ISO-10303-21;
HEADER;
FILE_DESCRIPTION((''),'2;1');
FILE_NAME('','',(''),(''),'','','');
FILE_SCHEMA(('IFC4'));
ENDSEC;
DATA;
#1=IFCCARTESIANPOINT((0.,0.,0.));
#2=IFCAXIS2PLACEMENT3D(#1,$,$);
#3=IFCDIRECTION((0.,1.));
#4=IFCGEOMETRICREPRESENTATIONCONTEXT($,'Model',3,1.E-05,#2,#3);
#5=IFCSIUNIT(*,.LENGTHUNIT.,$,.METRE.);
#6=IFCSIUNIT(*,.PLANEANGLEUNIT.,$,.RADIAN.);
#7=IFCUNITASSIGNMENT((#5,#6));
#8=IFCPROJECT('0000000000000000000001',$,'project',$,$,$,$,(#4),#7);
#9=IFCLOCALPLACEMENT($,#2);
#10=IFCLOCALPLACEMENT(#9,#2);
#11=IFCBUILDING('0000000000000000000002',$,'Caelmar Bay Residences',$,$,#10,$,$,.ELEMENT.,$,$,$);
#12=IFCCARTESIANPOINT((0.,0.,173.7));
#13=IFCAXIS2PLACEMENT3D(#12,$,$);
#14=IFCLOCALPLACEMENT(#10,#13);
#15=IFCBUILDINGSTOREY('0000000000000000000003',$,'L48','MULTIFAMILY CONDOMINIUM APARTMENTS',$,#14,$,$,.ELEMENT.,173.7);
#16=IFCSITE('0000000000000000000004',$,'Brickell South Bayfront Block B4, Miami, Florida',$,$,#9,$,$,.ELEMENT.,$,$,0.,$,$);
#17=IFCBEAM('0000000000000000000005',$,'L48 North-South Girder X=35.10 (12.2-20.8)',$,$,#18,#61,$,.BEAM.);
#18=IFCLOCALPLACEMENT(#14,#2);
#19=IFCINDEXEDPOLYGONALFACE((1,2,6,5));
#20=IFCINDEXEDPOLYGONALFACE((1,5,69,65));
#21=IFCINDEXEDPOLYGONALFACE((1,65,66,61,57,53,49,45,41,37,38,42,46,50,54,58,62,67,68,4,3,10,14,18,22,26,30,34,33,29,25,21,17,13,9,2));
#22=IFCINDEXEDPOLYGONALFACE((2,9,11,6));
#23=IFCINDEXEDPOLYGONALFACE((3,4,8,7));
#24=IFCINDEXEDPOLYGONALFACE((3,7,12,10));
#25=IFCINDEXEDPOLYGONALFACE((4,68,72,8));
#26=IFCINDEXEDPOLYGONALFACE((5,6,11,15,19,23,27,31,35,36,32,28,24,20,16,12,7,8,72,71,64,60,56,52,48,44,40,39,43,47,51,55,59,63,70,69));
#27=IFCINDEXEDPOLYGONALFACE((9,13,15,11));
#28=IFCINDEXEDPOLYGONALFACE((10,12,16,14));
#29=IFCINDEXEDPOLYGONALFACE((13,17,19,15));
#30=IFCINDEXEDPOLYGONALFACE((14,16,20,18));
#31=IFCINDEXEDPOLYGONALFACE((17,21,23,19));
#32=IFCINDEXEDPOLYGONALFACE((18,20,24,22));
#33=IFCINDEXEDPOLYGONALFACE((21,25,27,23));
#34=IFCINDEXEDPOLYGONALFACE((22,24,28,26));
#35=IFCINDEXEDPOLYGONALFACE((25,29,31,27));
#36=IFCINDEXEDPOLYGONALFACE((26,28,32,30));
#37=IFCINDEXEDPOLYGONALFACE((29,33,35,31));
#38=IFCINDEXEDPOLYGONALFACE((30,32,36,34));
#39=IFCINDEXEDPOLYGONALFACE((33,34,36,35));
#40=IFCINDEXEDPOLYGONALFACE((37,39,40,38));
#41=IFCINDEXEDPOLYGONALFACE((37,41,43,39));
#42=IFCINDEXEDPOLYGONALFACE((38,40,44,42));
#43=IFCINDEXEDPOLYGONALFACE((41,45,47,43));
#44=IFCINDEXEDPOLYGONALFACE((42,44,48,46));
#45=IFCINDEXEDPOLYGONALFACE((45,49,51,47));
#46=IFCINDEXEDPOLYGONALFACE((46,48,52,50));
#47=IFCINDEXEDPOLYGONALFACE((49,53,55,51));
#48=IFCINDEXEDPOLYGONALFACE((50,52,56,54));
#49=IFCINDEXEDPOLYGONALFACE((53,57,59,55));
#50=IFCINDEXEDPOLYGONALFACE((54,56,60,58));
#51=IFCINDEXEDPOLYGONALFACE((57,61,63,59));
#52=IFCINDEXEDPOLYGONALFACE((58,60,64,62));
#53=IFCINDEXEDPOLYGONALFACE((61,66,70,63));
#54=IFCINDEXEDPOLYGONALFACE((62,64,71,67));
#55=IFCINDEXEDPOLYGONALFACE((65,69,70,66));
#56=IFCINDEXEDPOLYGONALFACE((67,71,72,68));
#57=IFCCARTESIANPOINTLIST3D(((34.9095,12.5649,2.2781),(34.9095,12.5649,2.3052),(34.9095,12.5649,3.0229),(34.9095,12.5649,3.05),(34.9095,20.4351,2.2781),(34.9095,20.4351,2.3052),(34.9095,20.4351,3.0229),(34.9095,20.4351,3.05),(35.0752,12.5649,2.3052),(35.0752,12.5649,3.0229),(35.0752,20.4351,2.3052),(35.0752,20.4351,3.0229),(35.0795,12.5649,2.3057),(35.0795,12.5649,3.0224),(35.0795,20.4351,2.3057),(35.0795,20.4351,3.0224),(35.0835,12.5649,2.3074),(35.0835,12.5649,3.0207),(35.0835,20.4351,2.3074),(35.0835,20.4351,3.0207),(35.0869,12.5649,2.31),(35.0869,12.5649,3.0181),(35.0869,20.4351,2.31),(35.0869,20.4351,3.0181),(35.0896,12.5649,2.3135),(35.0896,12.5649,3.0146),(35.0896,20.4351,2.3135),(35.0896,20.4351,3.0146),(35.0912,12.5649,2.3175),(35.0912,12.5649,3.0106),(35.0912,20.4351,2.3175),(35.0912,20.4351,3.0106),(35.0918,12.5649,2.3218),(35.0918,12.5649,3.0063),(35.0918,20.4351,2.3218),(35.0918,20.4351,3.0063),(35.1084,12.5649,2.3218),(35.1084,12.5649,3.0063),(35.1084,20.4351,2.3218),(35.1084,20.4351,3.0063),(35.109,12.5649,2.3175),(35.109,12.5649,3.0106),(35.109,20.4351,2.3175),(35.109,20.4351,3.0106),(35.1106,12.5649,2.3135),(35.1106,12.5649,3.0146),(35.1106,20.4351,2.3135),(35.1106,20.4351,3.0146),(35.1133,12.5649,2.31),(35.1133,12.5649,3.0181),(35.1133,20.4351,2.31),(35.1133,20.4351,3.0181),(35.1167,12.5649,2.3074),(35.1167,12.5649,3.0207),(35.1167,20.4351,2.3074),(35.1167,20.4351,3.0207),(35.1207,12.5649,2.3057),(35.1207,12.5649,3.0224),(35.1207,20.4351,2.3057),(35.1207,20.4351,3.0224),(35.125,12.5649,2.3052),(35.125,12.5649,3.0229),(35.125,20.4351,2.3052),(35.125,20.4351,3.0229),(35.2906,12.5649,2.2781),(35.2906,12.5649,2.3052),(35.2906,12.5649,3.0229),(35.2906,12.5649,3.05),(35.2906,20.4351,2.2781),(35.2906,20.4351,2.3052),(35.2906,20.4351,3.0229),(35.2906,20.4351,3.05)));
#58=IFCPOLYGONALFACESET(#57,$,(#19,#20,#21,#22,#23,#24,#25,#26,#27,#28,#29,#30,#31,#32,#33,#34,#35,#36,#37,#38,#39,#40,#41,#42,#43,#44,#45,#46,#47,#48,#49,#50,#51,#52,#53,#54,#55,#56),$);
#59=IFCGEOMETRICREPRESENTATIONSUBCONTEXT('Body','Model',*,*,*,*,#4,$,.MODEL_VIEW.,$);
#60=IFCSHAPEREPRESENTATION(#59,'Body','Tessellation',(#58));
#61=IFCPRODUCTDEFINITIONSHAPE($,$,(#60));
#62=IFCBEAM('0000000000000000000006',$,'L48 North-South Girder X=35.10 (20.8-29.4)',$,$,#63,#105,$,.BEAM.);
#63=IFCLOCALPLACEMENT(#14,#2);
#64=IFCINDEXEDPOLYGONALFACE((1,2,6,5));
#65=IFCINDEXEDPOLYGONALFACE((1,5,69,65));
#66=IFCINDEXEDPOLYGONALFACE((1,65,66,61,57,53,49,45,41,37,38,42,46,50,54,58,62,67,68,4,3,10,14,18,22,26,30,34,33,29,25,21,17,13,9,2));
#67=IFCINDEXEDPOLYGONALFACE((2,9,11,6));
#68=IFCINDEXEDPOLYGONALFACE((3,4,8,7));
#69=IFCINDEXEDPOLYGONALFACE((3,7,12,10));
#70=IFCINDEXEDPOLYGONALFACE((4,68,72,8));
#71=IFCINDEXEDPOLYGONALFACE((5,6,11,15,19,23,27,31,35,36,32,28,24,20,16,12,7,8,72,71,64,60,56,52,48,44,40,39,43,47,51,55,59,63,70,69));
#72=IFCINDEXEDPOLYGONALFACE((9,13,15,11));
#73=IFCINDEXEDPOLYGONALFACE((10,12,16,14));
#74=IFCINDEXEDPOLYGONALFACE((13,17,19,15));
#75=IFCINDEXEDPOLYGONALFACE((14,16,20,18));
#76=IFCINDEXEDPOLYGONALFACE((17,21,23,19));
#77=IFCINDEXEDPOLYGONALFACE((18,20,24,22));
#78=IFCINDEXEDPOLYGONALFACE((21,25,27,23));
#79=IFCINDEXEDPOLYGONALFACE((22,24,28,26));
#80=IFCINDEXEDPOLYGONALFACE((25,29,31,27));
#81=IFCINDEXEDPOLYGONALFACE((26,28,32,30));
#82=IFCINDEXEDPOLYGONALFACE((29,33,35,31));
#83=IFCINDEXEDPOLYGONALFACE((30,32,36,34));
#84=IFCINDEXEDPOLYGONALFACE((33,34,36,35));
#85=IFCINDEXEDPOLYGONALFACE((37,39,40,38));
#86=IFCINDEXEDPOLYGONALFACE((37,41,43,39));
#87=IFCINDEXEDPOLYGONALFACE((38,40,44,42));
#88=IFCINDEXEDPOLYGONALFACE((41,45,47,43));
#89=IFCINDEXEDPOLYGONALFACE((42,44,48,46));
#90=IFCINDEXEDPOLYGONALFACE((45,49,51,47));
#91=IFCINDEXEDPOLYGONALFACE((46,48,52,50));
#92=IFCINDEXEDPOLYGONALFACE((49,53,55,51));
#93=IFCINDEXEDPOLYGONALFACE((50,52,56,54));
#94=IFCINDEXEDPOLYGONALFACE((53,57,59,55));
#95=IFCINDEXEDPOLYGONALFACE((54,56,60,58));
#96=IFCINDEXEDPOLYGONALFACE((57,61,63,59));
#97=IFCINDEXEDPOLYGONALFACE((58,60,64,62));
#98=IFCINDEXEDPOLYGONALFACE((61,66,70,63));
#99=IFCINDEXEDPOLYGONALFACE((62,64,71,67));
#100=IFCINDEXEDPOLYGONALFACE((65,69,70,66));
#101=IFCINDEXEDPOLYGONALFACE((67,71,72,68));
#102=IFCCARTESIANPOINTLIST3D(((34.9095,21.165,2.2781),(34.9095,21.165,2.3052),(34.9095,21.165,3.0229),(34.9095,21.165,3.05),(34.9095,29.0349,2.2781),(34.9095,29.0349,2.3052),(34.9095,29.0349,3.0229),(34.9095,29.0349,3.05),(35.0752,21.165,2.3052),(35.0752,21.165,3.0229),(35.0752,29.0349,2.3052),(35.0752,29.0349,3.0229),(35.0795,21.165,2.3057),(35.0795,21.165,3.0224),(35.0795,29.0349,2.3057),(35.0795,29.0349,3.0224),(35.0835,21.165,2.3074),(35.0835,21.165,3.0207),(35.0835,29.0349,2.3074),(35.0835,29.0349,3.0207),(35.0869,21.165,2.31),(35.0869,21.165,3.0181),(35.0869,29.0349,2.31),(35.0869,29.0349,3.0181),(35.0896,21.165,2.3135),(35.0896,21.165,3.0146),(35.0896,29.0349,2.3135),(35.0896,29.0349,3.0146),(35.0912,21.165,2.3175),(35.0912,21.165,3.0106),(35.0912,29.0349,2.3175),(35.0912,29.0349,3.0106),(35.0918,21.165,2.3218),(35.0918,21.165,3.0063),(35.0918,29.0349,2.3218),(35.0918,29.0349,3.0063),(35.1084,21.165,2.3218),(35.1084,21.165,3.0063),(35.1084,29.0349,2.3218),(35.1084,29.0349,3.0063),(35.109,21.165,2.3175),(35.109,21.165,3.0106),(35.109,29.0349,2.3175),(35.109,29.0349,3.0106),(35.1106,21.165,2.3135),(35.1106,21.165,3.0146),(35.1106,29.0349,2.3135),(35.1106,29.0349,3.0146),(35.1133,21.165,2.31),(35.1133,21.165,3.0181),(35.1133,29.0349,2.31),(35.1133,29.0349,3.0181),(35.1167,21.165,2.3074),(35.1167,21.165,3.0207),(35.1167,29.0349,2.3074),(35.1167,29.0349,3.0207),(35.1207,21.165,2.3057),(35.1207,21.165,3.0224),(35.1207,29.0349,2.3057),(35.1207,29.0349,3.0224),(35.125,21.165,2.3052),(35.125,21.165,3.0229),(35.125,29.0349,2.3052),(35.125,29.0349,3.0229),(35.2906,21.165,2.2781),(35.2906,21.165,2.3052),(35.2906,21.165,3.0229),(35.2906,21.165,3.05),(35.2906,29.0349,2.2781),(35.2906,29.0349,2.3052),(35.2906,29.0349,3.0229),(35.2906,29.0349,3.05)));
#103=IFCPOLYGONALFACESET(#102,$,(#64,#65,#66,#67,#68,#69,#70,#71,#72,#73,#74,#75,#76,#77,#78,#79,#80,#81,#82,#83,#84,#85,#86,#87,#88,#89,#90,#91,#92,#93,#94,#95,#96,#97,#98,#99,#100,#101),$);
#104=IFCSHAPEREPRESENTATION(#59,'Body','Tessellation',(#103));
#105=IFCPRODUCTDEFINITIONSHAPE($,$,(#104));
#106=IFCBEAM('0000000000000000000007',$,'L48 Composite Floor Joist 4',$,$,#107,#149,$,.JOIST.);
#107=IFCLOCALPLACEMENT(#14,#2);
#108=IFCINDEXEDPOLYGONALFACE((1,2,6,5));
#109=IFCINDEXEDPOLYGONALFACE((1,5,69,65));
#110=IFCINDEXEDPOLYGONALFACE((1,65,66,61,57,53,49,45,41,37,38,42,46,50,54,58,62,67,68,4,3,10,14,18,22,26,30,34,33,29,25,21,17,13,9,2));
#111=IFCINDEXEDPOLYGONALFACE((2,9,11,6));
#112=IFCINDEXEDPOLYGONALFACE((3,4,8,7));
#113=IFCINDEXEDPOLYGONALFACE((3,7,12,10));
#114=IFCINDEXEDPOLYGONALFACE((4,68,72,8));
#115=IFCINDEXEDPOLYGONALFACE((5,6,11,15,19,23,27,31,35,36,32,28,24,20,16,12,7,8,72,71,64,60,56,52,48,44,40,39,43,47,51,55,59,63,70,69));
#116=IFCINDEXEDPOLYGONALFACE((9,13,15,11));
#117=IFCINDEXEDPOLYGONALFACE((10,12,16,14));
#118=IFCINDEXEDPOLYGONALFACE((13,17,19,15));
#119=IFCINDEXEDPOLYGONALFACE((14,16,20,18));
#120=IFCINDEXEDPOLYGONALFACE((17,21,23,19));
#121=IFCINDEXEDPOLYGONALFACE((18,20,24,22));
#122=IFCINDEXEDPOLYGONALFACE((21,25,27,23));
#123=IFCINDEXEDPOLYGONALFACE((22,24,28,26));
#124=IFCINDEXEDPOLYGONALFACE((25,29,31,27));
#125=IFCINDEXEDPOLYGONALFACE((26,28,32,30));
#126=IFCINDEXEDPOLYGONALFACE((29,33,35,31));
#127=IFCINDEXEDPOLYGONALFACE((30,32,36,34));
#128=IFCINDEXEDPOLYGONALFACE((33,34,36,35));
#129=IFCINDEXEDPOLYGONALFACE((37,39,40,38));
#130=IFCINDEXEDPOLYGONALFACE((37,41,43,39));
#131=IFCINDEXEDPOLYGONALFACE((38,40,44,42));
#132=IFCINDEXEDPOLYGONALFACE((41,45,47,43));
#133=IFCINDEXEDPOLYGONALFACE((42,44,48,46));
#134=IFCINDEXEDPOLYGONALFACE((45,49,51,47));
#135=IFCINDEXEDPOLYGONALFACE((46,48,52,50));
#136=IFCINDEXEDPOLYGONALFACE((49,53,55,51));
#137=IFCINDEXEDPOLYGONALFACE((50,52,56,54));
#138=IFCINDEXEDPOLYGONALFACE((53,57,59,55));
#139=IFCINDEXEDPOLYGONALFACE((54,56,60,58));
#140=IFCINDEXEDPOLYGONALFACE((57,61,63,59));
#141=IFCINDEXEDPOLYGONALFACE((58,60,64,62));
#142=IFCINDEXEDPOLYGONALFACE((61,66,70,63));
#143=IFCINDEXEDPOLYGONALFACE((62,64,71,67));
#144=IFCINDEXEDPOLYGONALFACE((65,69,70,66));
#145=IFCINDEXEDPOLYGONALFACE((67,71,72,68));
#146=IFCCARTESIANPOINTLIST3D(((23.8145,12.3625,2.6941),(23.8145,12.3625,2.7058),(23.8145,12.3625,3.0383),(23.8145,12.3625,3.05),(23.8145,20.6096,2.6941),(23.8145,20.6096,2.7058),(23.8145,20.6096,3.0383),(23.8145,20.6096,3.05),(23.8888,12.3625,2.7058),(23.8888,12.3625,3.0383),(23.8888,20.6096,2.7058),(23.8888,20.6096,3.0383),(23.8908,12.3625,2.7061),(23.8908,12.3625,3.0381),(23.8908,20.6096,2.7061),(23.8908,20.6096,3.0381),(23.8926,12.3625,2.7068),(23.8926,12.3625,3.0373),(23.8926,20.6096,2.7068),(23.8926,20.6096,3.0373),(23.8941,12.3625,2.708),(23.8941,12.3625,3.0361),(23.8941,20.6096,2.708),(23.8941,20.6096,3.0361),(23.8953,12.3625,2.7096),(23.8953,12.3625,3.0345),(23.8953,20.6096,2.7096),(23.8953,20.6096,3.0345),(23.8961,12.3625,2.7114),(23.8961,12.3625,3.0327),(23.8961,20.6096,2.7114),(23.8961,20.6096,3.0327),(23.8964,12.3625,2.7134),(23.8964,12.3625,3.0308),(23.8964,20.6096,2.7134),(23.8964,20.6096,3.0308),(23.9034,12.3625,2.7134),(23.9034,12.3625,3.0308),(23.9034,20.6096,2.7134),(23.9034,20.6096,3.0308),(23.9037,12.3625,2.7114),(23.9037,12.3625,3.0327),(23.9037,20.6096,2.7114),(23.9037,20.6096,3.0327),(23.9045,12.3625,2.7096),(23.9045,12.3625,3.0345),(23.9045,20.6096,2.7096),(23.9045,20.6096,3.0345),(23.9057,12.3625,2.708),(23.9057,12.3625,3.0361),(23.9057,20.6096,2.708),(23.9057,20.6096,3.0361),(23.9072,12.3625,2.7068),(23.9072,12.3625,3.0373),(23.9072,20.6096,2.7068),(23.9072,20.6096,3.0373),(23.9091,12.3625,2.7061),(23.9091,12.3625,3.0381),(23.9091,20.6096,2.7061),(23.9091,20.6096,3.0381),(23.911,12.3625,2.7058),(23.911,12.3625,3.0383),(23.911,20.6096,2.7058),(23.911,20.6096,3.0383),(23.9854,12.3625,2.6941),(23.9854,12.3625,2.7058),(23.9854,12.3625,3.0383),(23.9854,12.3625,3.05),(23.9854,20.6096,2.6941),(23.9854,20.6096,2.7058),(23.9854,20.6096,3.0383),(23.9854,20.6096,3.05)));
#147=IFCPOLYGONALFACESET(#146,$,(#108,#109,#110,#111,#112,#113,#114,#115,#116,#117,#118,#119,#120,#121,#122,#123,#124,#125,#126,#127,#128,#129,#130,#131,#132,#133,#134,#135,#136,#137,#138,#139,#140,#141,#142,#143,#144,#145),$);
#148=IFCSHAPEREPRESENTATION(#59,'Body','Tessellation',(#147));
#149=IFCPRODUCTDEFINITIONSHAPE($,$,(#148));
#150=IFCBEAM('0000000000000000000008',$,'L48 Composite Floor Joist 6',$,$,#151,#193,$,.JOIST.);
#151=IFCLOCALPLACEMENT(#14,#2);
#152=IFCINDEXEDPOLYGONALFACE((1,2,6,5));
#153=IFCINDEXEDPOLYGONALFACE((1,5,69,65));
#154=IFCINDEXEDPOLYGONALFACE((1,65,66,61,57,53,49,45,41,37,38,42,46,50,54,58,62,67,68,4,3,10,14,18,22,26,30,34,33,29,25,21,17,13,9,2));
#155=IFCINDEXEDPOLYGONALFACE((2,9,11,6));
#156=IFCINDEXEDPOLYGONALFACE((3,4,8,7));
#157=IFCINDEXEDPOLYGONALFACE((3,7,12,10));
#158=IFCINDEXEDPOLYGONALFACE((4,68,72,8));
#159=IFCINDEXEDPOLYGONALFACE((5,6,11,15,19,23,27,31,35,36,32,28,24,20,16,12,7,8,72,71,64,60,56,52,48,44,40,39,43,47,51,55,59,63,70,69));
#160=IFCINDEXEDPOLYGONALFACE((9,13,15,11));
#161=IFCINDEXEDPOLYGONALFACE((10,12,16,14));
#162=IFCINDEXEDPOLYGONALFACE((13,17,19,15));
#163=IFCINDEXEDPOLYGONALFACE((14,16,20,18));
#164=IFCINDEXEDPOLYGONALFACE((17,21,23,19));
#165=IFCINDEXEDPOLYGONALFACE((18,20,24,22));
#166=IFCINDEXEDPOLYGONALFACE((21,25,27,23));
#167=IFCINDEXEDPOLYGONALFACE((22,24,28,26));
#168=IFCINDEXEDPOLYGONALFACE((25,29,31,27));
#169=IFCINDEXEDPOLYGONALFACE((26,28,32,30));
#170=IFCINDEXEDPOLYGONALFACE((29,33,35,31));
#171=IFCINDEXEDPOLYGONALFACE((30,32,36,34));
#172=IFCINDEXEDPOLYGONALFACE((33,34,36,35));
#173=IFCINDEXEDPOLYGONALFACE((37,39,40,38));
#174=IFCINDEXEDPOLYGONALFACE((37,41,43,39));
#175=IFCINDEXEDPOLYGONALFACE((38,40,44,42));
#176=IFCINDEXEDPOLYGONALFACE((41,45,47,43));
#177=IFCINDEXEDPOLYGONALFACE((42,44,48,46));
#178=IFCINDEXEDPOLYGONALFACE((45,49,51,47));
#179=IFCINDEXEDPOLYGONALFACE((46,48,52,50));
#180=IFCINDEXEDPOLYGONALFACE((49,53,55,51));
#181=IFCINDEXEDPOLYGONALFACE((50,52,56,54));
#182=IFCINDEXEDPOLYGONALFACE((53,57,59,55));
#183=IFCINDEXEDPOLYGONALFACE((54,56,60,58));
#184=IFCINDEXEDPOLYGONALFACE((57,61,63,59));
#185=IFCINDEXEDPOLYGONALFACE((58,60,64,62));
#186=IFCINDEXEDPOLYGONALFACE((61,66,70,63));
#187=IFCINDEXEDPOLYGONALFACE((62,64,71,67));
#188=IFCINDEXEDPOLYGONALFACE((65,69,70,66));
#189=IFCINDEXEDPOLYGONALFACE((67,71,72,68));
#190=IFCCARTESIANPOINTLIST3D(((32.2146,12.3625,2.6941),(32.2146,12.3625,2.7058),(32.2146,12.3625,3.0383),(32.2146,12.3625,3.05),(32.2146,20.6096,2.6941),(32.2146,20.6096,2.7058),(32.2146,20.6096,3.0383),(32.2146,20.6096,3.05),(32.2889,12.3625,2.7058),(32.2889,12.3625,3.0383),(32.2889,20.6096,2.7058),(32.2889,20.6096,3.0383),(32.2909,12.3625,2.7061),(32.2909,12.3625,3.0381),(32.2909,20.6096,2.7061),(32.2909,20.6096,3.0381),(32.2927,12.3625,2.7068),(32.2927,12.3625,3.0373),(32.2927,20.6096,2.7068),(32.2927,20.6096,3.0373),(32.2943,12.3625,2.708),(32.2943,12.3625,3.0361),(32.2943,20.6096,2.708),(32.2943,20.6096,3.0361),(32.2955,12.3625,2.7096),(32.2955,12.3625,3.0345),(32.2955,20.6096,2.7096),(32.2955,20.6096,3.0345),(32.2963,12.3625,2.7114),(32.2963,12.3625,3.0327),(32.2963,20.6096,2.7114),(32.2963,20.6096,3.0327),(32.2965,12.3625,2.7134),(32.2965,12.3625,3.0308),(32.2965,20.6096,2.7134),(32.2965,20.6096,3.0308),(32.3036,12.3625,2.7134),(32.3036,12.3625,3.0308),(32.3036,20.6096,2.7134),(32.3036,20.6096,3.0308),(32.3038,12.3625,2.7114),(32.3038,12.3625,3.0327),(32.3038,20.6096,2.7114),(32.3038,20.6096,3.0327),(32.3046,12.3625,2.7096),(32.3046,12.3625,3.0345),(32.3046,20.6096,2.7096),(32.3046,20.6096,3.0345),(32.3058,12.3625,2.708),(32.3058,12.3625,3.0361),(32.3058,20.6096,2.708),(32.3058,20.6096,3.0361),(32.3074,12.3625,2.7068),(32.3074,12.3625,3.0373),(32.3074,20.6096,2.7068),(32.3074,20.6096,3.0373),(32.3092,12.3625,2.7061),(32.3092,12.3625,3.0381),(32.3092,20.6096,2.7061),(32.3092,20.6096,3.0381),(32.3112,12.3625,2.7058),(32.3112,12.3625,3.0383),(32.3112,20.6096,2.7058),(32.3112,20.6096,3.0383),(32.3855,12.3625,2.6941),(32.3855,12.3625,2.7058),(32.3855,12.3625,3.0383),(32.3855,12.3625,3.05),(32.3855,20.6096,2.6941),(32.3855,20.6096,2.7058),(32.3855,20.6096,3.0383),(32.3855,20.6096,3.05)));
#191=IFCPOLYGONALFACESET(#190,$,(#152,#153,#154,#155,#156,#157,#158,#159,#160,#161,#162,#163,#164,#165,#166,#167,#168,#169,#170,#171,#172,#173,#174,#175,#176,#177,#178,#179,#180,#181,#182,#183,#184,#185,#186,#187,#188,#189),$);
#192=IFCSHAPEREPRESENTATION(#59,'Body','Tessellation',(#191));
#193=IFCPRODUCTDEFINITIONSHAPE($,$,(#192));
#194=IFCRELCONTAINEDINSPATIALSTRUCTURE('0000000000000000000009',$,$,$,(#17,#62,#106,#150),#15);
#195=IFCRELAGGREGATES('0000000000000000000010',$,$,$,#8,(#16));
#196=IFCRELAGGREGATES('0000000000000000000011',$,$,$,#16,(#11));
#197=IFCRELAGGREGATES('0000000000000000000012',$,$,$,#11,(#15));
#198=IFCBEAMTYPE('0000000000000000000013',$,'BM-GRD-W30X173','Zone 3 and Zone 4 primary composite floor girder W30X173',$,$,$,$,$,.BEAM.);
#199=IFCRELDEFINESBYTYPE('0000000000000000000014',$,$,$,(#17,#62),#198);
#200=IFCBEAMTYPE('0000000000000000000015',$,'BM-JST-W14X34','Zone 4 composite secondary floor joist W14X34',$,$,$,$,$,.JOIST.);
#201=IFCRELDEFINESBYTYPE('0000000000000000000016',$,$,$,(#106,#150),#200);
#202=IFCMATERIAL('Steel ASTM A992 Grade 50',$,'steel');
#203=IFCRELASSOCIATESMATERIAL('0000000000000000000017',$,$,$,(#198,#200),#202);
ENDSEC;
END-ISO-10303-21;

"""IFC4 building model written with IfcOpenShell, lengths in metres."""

from ifc_helpers import new_model, si_unit, direction, frame, origin, origin_2d, place, context, subcontext, project, spatial, i_section, extrude, material, material_profile, profile_set, type_object, element, save


model = new_model("IFC4")

# Units and contexts
model_context = context("Model", 3, precision=1e-05, world=origin(), true_north=direction((0.0, 1.0)))
body_context = subcontext(model_context, "Body", "Model", "MODEL_VIEW")
ifc_project = project(units=[si_unit("LENGTHUNIT", "METRE"), si_unit("PLANEANGLEUNIT", "RADIAN")], contexts=[model_context])

# Site, building, storey
site_placement = place(None, origin())
site = spatial("IfcSite", under=ifc_project, at=site_placement, Name="Brickell South Bayfront Block B4, Miami, Florida", CompositionType="ELEMENT", RefElevation=0.0)
building_placement = place(site_placement, origin())
building = spatial("IfcBuilding", under=site, at=building_placement, Name="Caelmar Bay Residences", CompositionType="ELEMENT")
storey_placement = place(building_placement, frame((0.0, 0.0, 173.7)))
storey = spatial("IfcBuildingStorey", under=building, at=storey_placement, Name="L48", Description="MULTIFAMILY CONDOMINIUM APARTMENTS", CompositionType="ELEMENT", Elevation=173.7)

# Beams
ifc_material_1 = material(Name="Steel ASTM A992 Grade 50", Category="steel")
ifc_material_profile_1 = material_profile(ifc_material_1, i_section(OverallWidth=0.3811, OverallDepth=0.772, WebThickness=0.0166, FlangeThickness=0.0271, FilletRadius=0.0166, at=origin_2d()), Name="W30X173")
ifc_profile_set_1 = profile_set([ifc_material_profile_1], Name="Steel ASTM A992 Grade 50")
beam_type_1 = type_object("IfcBeamType", Name="BM-GRD-W30X173", Description="Zone 3 and Zone 4 primary composite floor girder W30X173", PredefinedType="BEAM", material=ifc_profile_set_1)
for number, where, z_axis, x_axis, name in (
    (1, (35.1001, 12.5649, 2.6641), (0.0, 1.0, 0.0), (-1.0, 0.0, 0.0), "L48 North-South Girder X=35.10 (12.2-20.8)"),
):
    element("IfcBeam", number, at=place(storey_placement, frame(where, z_axis=z_axis, x_axis=x_axis)), inside=storey, type_object=beam_type_1, Name=name, PredefinedType="BEAM", context=body_context, shape_type="SweptSolid", body=[
        extrude(i_section(OverallWidth=0.3811, OverallDepth=0.772, WebThickness=0.0166, FlangeThickness=0.0271, FilletRadius=0.0166, at=origin_2d()), origin(), (0.0, 0.0, 1.0), 7.8701),
    ])
beam_1_placement = place(storey_placement, frame((35.1001, 21.165, 2.6641), z_axis=(0.0, 1.0, 0.0), x_axis=(-1.0, 0.0, 0.0)))
element("IfcBeam", 2, at=beam_1_placement, inside=storey, type_object=beam_type_1, Name="L48 North-South Girder X=35.10 (20.8-29.4)", PredefinedType="BEAM", context=body_context, shape_type="SweptSolid", body=[
    extrude(i_section(OverallWidth=0.3811, OverallDepth=0.772, WebThickness=0.0166, FlangeThickness=0.0271, FilletRadius=0.0166, at=origin_2d()), origin(), (0.0, 0.0, 1.0), 7.8699),
])
ifc_material_profile_2 = material_profile(ifc_material_1, i_section(OverallWidth=0.1709, OverallDepth=0.356, WebThickness=0.0071, FlangeThickness=0.0117, FilletRadius=0.0076, at=origin_2d()), Name="W14X34")
ifc_profile_set_2 = profile_set([ifc_material_profile_2], Name="Steel ASTM A992 Grade 50")
beam_type_2 = type_object("IfcBeamType", Name="BM-JST-W14X34", Description="Zone 4 composite secondary floor joist W14X34", PredefinedType="JOIST", material=ifc_profile_set_2)
for number, where, z_axis, x_axis, name in (
    (3, (23.8999, 12.3625, 2.8721), (0.0, 1.0, 0.0), (-1.0, 0.0, 0.0), "L48 Composite Floor Joist 4"),
    (4, (32.3, 12.3625, 2.8721), (0.0, 1.0, 0.0), (-1.0, 0.0, 0.0), "L48 Composite Floor Joist 6"),
):
    element("IfcBeam", number, at=place(storey_placement, frame(where, z_axis=z_axis, x_axis=x_axis)), inside=storey, type_object=beam_type_2, Name=name, PredefinedType="JOIST", context=body_context, shape_type="SweptSolid", body=[
        extrude(i_section(OverallWidth=0.1709, OverallDepth=0.356, WebThickness=0.0071, FlangeThickness=0.0117, FilletRadius=0.0076, at=origin_2d()), origin(), (0.0, 0.0, 1.0), 8.2471),
    ])

save(model, "model.ifc")
